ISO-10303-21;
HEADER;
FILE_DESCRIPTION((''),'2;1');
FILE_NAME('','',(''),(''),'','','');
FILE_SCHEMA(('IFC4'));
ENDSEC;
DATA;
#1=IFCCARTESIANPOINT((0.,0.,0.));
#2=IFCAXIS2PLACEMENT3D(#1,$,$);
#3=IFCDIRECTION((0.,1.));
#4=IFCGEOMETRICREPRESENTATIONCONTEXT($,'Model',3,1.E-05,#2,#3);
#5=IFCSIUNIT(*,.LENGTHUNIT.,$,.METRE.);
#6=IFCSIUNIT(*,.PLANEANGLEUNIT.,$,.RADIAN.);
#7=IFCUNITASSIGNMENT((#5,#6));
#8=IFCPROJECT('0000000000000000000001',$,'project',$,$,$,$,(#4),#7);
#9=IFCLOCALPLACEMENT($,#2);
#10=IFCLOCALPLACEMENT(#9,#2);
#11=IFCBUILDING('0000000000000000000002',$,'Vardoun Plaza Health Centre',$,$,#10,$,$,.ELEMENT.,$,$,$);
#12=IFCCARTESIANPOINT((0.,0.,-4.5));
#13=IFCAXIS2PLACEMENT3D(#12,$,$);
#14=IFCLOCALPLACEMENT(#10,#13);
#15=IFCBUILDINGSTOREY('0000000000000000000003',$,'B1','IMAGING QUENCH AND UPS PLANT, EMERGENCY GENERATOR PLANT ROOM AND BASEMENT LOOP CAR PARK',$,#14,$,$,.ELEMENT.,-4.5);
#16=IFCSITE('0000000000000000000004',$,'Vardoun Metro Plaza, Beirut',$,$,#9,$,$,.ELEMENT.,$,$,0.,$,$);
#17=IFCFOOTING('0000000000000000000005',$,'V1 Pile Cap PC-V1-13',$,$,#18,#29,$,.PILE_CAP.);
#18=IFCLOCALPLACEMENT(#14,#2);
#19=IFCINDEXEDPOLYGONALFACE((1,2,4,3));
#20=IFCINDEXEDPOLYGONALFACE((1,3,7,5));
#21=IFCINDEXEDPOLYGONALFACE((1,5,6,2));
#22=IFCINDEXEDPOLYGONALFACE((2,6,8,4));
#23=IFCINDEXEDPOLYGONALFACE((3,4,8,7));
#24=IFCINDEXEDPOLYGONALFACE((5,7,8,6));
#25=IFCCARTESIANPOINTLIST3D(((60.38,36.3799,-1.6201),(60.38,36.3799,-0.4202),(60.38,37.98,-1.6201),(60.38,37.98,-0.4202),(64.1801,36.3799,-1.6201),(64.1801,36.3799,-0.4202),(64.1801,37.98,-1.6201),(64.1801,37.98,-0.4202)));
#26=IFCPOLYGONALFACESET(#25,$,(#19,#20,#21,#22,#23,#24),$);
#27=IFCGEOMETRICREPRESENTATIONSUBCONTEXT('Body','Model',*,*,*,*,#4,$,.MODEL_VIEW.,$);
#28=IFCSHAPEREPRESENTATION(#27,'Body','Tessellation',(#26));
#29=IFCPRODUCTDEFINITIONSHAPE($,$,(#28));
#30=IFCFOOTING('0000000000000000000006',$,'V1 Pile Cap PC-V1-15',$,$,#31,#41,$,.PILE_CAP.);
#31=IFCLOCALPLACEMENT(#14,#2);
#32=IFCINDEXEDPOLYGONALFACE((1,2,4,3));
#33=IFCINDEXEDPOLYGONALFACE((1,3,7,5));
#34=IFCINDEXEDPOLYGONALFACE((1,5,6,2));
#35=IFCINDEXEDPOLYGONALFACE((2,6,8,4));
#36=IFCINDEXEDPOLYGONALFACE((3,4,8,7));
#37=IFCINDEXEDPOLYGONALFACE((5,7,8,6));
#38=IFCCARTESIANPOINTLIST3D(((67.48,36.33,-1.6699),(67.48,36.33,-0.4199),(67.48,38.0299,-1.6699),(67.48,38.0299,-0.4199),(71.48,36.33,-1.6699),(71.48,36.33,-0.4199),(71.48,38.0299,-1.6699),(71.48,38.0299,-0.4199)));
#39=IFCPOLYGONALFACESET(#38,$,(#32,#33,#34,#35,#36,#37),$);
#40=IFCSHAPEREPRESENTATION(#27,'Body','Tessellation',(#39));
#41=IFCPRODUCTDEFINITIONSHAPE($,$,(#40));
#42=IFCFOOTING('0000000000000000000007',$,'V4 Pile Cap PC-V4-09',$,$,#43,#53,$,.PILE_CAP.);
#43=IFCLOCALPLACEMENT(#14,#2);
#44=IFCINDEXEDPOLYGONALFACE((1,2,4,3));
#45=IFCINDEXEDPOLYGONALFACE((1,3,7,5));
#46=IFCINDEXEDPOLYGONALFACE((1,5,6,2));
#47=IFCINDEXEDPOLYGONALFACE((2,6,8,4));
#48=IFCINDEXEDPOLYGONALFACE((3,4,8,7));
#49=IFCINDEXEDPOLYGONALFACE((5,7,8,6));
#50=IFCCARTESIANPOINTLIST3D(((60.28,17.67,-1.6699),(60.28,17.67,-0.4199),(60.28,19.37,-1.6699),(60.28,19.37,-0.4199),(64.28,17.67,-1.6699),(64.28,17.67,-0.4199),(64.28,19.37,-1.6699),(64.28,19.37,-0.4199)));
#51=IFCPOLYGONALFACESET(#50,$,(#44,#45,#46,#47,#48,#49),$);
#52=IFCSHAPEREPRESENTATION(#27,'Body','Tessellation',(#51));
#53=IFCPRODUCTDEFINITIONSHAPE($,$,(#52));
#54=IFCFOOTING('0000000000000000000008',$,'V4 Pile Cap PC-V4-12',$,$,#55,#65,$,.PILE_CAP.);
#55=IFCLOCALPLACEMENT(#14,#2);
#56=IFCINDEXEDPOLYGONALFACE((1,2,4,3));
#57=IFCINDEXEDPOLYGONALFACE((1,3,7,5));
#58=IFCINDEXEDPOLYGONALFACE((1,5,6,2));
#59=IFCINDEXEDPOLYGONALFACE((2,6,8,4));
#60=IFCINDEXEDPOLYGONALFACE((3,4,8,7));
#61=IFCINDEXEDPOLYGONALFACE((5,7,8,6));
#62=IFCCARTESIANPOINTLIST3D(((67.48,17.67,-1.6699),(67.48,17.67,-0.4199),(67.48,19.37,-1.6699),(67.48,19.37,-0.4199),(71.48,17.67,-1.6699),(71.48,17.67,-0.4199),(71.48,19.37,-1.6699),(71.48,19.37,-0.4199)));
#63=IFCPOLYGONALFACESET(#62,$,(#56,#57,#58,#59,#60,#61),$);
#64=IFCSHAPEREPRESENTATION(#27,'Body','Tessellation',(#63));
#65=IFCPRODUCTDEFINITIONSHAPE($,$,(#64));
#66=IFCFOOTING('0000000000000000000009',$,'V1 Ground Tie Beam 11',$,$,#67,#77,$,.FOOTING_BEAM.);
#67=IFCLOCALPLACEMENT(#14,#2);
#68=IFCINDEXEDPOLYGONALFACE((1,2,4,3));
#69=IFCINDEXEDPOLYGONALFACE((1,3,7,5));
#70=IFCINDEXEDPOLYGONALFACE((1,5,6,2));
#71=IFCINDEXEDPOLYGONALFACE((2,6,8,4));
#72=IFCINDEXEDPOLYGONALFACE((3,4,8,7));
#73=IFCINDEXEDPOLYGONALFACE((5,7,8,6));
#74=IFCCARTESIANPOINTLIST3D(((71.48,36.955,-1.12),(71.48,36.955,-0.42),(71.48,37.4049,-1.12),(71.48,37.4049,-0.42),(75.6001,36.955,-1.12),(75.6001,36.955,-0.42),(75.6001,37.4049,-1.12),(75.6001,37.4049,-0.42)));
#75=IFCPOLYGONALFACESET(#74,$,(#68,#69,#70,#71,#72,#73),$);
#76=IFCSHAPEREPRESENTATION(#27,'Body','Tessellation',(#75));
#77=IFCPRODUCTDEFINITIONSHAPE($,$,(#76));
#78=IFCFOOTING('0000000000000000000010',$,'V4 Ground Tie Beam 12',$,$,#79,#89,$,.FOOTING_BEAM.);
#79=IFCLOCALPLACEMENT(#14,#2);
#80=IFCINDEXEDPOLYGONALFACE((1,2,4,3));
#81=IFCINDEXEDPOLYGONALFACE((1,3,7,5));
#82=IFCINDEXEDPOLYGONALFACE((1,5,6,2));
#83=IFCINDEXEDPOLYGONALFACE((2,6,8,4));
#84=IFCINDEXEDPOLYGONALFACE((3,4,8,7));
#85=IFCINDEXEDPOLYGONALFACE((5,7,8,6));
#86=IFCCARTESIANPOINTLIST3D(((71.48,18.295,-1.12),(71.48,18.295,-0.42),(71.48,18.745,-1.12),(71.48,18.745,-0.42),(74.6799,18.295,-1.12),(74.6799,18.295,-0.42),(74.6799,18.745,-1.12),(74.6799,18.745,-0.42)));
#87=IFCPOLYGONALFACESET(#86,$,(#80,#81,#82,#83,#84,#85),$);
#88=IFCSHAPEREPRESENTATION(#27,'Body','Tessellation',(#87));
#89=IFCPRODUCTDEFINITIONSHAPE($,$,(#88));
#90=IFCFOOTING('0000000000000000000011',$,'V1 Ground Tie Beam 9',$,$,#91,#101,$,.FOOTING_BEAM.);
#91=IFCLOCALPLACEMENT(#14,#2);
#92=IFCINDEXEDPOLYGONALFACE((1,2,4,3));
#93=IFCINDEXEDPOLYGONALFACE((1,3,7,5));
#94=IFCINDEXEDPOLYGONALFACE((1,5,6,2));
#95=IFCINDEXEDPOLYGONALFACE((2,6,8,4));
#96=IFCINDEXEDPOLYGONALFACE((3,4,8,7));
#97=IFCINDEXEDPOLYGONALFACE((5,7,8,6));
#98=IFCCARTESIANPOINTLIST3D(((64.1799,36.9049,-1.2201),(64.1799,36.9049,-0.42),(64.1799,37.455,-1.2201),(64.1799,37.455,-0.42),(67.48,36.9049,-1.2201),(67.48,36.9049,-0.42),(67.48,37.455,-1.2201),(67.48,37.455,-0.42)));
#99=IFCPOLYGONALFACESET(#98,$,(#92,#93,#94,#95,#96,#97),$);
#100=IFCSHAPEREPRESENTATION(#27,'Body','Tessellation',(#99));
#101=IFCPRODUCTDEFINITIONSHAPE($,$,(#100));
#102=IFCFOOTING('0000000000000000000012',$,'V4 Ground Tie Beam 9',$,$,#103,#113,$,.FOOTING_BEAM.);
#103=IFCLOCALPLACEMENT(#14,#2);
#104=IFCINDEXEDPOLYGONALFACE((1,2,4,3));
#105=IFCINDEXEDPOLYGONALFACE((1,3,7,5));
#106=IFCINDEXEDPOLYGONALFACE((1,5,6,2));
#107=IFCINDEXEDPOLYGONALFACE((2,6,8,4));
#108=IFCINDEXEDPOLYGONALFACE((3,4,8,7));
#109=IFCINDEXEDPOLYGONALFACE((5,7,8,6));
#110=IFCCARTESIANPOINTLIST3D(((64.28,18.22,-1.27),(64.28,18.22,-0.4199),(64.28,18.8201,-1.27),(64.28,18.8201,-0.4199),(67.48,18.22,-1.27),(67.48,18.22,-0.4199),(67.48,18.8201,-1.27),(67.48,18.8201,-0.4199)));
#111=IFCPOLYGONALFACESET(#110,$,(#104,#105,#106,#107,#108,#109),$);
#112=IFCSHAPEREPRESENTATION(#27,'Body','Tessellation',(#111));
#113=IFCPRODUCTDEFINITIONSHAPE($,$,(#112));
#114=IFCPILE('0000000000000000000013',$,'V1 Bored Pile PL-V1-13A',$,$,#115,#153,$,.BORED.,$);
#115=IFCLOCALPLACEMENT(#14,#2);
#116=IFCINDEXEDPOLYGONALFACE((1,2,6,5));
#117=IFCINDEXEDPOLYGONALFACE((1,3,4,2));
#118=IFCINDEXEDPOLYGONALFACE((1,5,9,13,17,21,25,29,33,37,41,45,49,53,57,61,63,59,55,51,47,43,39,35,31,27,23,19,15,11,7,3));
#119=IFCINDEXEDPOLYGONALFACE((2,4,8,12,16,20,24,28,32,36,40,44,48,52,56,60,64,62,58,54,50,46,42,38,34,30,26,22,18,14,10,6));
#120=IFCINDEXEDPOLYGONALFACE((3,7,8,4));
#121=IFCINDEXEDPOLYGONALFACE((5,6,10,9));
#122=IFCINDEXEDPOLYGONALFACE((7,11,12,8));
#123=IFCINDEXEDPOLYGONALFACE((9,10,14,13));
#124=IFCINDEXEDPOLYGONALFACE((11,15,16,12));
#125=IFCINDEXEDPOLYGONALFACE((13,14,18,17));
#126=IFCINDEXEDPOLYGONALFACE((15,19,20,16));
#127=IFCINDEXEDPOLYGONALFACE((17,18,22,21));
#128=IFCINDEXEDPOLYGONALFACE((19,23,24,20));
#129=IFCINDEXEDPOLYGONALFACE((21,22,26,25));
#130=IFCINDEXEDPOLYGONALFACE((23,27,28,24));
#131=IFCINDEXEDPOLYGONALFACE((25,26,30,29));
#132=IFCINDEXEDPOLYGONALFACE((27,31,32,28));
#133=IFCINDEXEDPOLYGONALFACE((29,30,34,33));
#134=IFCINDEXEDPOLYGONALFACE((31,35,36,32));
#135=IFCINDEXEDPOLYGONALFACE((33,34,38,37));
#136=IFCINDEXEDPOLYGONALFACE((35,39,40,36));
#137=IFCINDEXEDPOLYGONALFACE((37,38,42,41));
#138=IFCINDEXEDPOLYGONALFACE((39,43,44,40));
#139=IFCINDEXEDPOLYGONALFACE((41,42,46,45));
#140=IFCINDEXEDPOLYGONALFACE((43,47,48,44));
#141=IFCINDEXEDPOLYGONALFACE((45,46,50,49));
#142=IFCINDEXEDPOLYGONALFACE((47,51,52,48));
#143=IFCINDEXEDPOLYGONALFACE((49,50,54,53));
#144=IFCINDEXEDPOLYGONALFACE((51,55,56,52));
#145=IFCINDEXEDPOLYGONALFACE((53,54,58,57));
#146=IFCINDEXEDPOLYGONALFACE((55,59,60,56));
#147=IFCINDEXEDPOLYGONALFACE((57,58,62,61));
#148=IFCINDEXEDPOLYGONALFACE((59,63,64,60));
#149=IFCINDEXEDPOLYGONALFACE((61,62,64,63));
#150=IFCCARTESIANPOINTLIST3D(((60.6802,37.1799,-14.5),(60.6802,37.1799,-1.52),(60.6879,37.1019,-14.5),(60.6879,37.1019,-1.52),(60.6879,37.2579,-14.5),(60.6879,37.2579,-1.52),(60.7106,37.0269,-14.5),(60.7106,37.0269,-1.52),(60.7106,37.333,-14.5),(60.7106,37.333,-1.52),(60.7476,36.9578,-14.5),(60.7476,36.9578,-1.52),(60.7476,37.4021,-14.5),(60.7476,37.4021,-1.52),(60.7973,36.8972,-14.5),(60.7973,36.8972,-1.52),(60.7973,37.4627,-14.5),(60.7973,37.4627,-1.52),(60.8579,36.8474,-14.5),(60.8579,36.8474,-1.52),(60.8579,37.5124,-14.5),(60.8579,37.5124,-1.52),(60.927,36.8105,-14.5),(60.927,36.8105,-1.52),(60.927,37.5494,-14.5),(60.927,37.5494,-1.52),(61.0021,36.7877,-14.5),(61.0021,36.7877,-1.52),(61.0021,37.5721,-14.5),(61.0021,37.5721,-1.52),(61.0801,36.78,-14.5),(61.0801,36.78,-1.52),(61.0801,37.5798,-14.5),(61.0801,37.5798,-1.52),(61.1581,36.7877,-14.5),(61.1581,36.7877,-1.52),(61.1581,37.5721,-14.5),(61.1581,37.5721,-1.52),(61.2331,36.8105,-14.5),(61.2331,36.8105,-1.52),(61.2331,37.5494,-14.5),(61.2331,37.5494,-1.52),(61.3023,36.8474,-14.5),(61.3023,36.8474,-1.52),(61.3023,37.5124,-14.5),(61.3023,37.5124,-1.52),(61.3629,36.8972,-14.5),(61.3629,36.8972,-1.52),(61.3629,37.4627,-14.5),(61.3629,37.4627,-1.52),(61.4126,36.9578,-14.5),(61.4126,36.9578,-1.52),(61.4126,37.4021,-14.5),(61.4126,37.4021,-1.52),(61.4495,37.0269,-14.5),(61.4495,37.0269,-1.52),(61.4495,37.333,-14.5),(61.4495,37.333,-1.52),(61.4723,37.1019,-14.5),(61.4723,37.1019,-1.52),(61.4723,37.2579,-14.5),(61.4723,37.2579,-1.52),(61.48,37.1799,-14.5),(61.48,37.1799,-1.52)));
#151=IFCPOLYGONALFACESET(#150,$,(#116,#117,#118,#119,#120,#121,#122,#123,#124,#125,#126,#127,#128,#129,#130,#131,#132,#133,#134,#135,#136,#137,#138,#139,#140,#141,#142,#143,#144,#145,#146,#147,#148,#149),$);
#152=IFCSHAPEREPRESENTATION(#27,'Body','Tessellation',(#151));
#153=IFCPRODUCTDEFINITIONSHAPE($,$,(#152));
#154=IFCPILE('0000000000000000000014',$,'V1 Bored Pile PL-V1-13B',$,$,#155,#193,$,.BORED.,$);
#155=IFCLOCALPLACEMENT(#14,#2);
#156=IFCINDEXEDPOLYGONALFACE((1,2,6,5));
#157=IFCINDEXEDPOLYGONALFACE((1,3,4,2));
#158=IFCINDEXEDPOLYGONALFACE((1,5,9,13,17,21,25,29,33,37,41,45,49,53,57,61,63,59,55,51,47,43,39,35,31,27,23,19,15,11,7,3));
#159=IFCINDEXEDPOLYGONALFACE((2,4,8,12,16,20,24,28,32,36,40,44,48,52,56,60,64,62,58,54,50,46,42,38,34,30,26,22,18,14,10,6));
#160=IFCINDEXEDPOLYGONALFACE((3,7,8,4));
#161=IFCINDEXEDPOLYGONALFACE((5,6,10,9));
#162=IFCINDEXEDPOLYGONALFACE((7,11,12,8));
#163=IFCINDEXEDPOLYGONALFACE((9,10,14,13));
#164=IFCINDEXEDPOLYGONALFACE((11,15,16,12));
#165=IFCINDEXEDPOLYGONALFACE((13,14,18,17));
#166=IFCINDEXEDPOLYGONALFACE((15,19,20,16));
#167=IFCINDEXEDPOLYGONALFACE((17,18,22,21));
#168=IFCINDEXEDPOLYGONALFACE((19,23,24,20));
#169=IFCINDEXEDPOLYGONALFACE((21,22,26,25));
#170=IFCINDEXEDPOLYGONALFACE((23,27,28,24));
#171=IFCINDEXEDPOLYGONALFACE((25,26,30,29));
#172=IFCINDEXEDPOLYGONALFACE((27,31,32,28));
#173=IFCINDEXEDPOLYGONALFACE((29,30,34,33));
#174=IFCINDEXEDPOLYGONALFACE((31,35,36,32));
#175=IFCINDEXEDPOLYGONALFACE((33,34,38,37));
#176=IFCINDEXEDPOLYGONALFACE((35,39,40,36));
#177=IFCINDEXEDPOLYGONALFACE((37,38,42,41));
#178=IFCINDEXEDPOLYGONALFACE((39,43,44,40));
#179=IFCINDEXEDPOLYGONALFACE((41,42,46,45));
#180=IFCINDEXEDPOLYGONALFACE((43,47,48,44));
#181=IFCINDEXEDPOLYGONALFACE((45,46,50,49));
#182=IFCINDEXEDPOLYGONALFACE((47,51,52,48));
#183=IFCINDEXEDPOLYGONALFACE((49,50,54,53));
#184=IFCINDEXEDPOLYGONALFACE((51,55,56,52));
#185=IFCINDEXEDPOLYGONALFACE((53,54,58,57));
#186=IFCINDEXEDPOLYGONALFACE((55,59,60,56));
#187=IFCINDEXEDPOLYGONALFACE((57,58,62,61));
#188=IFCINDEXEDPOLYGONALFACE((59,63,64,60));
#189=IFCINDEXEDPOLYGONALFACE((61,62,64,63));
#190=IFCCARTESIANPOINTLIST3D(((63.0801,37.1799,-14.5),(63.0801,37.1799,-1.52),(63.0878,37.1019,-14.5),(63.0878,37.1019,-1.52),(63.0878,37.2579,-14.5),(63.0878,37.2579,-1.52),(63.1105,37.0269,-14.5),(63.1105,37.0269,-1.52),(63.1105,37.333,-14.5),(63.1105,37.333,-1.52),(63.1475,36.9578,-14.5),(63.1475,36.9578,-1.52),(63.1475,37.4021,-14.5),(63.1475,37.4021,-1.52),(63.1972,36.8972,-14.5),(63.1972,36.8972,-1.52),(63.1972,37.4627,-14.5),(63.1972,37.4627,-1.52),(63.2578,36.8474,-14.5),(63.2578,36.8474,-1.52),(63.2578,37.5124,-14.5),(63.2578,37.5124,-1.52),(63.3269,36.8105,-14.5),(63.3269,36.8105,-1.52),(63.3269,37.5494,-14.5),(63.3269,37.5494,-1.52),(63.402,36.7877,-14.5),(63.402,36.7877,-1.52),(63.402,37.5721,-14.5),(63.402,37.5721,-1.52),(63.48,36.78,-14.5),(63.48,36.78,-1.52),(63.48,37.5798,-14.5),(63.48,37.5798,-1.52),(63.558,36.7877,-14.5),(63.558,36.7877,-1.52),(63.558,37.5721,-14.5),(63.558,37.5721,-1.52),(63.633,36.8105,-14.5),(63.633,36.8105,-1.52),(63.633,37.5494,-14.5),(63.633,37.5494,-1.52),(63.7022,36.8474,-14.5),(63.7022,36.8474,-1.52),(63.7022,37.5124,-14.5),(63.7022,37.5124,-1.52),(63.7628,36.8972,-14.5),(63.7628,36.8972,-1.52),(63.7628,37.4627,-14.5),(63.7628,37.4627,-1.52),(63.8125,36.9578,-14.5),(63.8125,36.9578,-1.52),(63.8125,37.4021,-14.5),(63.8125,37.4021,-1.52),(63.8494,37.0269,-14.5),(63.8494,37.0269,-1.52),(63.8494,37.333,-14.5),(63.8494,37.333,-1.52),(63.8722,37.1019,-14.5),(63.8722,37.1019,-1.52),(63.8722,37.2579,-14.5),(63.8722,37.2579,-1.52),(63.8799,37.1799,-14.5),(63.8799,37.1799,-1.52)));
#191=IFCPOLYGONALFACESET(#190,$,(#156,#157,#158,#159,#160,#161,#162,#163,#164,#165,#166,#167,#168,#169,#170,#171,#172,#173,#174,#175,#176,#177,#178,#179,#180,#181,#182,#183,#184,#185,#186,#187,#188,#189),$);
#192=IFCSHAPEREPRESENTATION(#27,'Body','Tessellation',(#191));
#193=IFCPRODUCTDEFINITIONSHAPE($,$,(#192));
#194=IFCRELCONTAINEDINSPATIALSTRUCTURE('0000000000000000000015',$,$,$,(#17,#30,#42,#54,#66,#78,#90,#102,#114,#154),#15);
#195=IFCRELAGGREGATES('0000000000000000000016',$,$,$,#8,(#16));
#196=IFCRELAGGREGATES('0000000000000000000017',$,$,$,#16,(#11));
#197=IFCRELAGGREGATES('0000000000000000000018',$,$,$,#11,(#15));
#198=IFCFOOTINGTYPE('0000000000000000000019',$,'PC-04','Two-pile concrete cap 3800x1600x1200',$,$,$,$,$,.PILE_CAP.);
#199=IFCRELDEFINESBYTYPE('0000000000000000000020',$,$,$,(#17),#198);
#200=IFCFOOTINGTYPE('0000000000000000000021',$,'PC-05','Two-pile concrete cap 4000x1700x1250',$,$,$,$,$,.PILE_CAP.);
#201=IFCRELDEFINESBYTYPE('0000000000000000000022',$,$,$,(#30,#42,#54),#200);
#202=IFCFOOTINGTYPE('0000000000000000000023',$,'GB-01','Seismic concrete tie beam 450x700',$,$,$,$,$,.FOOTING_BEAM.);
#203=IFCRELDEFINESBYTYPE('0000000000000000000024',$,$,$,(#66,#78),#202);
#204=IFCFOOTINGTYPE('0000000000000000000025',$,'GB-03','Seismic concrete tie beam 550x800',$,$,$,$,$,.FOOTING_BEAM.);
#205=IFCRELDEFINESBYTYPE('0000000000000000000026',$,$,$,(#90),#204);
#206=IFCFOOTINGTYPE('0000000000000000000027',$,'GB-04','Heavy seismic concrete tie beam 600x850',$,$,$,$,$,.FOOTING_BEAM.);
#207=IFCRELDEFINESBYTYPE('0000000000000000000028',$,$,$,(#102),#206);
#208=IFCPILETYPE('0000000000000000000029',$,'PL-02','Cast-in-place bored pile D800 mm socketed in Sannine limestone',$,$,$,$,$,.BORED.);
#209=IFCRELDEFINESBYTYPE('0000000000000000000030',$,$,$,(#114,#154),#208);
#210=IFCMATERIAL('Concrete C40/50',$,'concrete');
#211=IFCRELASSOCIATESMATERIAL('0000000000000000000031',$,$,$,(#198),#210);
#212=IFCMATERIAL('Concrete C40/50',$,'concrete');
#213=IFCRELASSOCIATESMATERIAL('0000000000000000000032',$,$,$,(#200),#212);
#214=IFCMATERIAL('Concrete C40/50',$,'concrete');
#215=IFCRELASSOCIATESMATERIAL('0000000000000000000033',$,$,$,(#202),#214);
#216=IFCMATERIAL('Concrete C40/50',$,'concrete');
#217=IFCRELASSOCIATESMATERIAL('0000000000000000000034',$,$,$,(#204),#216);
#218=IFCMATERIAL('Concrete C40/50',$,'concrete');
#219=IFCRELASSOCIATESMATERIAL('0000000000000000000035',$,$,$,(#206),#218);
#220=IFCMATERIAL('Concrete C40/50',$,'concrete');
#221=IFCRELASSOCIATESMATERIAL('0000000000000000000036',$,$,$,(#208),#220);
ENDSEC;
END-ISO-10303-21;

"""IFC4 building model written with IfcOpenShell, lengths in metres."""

from ifc_helpers import new_model, si_unit, direction, frame, origin, origin_2d, place, context, subcontext, project, spatial, rectangle, circle, extrude, material, material_profile, profile_set, type_object, element, save


model = new_model("IFC4")

# Units and contexts
model_context = context("Model", 3, precision=1e-05, world=origin(), true_north=direction((0.0, 1.0)))
body_context = subcontext(model_context, "Body", "Model", "MODEL_VIEW")
ifc_project = project(units=[si_unit("LENGTHUNIT", "METRE"), si_unit("PLANEANGLEUNIT", "RADIAN")], contexts=[model_context])

# Site, building, storey
site_placement = place(None, origin())
site = spatial("IfcSite", under=ifc_project, at=site_placement, Name="Vardoun Metro Plaza, Beirut", CompositionType="ELEMENT", RefElevation=0.0)
building_placement = place(site_placement, origin())
building = spatial("IfcBuilding", under=site, at=building_placement, Name="Vardoun Plaza Health Centre", CompositionType="ELEMENT")
storey_placement = place(building_placement, frame((0.0, 0.0, -4.5)))
storey = spatial("IfcBuildingStorey", under=building, at=storey_placement, Name="B1", Description="IMAGING QUENCH AND UPS PLANT, EMERGENCY GENERATOR PLANT ROOM AND BASEMENT LOOP CAR PARK", CompositionType="ELEMENT", Elevation=-4.5)

# Footings
ifc_material_1 = material(Name="Concrete C40/50", Category="concrete")
footing_type_1 = type_object("IfcFootingType", Name="PC-04", Description="Two-pile concrete cap 3800x1600x1200", PredefinedType="PILE_CAP", material=ifc_material_1)
footing_1_placement = place(storey_placement, frame((62.28, 37.1799, -1.6201), z_axis=(0.0, 0.0, 1.0), x_axis=(1.0, 0.0, 0.0)))
element("IfcFooting", 1, at=footing_1_placement, inside=storey, type_object=footing_type_1, Name="V1 Pile Cap PC-V1-13", PredefinedType="PILE_CAP", context=body_context, shape_type="SweptSolid", body=[
    extrude(rectangle(XDim=3.8, YDim=1.6001, at=origin_2d()), origin(), (0.0, 0.0, 1.0), 1.2),
])
ifc_material_2 = material(Name="Concrete C40/50", Category="concrete")
footing_type_2 = type_object("IfcFootingType", Name="PC-05", Description="Two-pile concrete cap 4000x1700x1250", PredefinedType="PILE_CAP", material=ifc_material_2)
for number, where, z_axis, x_axis, name in (
    (2, (69.48, 37.1799, -1.6699), (0.0, 0.0, 1.0), (1.0, 0.0, 0.0), "V1 Pile Cap PC-V1-15"),
    (3, (62.28, 18.52, -1.6699), (0.0, 0.0, 1.0), (1.0, 0.0, 0.0), "V4 Pile Cap PC-V4-09"),
    (4, (69.48, 18.52, -1.6699), (0.0, 0.0, 1.0), (1.0, 0.0, 0.0), "V4 Pile Cap PC-V4-12"),
):
    element("IfcFooting", number, at=place(storey_placement, frame(where, z_axis=z_axis, x_axis=x_axis)), inside=storey, type_object=footing_type_2, Name=name, PredefinedType="PILE_CAP", context=body_context, shape_type="SweptSolid", body=[
        extrude(rectangle(XDim=4.0, YDim=1.7, at=origin_2d()), origin(), (0.0, 0.0, 1.0), 1.25),
    ])
ifc_material_3 = material(Name="Concrete C40/50", Category="concrete")
ifc_material_profile_1 = material_profile(ifc_material_3, rectangle(XDim=0.45, YDim=0.7, at=origin_2d()), Name="GB 450x700")
ifc_profile_set_1 = profile_set([ifc_material_profile_1], Name="Concrete C40/50")
footing_type_3 = type_object("IfcFootingType", Name="GB-01", Description="Seismic concrete tie beam 450x700", PredefinedType="FOOTING_BEAM", material=ifc_profile_set_1)
footing_2_placement = place(storey_placement, frame((71.48, 37.1799, -0.77), z_axis=(1.0, 0.0, 0.0), x_axis=(0.0, 1.0, 0.0)))
element("IfcFooting", 5, at=footing_2_placement, inside=storey, type_object=footing_type_3, Name="V1 Ground Tie Beam 11", PredefinedType="FOOTING_BEAM", context=body_context, shape_type="SweptSolid", body=[
    extrude(rectangle(XDim=0.45, YDim=0.7, at=origin_2d()), origin(), (0.0, 0.0, 1.0), 4.1201),
])
footing_3_placement = place(storey_placement, frame((71.48, 18.52, -0.77), z_axis=(1.0, 0.0, 0.0), x_axis=(0.0, 1.0, 0.0)))
element("IfcFooting", 6, at=footing_3_placement, inside=storey, type_object=footing_type_3, Name="V4 Ground Tie Beam 12", PredefinedType="FOOTING_BEAM", context=body_context, shape_type="SweptSolid", body=[
    extrude(rectangle(XDim=0.45, YDim=0.7, at=origin_2d()), origin(), (0.0, 0.0, 1.0), 3.2),
])
ifc_material_4 = material(Name="Concrete C40/50", Category="concrete")
ifc_material_profile_2 = material_profile(ifc_material_4, rectangle(XDim=0.55, YDim=0.8, at=origin_2d()), Name="GB 550x800")
ifc_profile_set_2 = profile_set([ifc_material_profile_2], Name="Concrete C40/50")
footing_type_4 = type_object("IfcFootingType", Name="GB-03", Description="Seismic concrete tie beam 550x800", PredefinedType="FOOTING_BEAM", material=ifc_profile_set_2)
footing_4_placement = place(storey_placement, frame((64.1799, 37.1799, -0.8201), z_axis=(1.0, 0.0, 0.0), x_axis=(0.0, 1.0, 0.0)))
element("IfcFooting", 7, at=footing_4_placement, inside=storey, type_object=footing_type_4, Name="V1 Ground Tie Beam 9", PredefinedType="FOOTING_BEAM", context=body_context, shape_type="SweptSolid", body=[
    extrude(rectangle(XDim=0.55, YDim=0.8, at=origin_2d()), origin(), (0.0, 0.0, 1.0), 3.3),
])
ifc_material_5 = material(Name="Concrete C40/50", Category="concrete")
ifc_material_profile_3 = material_profile(ifc_material_5, rectangle(XDim=0.6001, YDim=0.8501, at=origin_2d()), Name="GB 600x850")
ifc_profile_set_3 = profile_set([ifc_material_profile_3], Name="Concrete C40/50")
footing_type_5 = type_object("IfcFootingType", Name="GB-04", Description="Heavy seismic concrete tie beam 600x850", PredefinedType="FOOTING_BEAM", material=ifc_profile_set_3)
footing_5_placement = place(storey_placement, frame((64.28, 18.52, -0.845), z_axis=(1.0, 0.0, 0.0), x_axis=(0.0, 1.0, 0.0)))
element("IfcFooting", 8, at=footing_5_placement, inside=storey, type_object=footing_type_5, Name="V4 Ground Tie Beam 9", PredefinedType="FOOTING_BEAM", context=body_context, shape_type="SweptSolid", body=[
    extrude(rectangle(XDim=0.6001, YDim=0.8501, at=origin_2d()), origin(), (0.0, 0.0, 1.0), 3.2),
])

# Piles
ifc_material_6 = material(Name="Concrete C40/50", Category="concrete")
ifc_material_profile_4 = material_profile(ifc_material_6, circle(Radius=0.3999, at=origin_2d()), Name="PILE D800")
ifc_profile_set_4 = profile_set([ifc_material_profile_4], Name="Concrete C40/50")
pile_type_1 = type_object("IfcPileType", Name="PL-02", Description="Cast-in-place bored pile D800 mm socketed in Sannine limestone", PredefinedType="BORED", material=ifc_profile_set_4)
for number, where, z_axis, x_axis, name in (
    (9, (61.0801, 37.1799, -1.52), (0.0, 0.0, -1.0), (1.0, 0.0, 0.0), "V1 Bored Pile PL-V1-13A"),
    (10, (63.48, 37.1799, -1.52), (0.0, 0.0, -1.0), (1.0, 0.0, 0.0), "V1 Bored Pile PL-V1-13B"),
):
    element("IfcPile", number, at=place(storey_placement, frame(where, z_axis=z_axis, x_axis=x_axis)), inside=storey, type_object=pile_type_1, Name=name, PredefinedType="BORED", context=body_context, shape_type="SweptSolid", body=[
        extrude(circle(Radius=0.3999, at=origin_2d()), origin(), (0.0, 0.0, 1.0), 12.98),
    ])

save(model, "model.ifc")
